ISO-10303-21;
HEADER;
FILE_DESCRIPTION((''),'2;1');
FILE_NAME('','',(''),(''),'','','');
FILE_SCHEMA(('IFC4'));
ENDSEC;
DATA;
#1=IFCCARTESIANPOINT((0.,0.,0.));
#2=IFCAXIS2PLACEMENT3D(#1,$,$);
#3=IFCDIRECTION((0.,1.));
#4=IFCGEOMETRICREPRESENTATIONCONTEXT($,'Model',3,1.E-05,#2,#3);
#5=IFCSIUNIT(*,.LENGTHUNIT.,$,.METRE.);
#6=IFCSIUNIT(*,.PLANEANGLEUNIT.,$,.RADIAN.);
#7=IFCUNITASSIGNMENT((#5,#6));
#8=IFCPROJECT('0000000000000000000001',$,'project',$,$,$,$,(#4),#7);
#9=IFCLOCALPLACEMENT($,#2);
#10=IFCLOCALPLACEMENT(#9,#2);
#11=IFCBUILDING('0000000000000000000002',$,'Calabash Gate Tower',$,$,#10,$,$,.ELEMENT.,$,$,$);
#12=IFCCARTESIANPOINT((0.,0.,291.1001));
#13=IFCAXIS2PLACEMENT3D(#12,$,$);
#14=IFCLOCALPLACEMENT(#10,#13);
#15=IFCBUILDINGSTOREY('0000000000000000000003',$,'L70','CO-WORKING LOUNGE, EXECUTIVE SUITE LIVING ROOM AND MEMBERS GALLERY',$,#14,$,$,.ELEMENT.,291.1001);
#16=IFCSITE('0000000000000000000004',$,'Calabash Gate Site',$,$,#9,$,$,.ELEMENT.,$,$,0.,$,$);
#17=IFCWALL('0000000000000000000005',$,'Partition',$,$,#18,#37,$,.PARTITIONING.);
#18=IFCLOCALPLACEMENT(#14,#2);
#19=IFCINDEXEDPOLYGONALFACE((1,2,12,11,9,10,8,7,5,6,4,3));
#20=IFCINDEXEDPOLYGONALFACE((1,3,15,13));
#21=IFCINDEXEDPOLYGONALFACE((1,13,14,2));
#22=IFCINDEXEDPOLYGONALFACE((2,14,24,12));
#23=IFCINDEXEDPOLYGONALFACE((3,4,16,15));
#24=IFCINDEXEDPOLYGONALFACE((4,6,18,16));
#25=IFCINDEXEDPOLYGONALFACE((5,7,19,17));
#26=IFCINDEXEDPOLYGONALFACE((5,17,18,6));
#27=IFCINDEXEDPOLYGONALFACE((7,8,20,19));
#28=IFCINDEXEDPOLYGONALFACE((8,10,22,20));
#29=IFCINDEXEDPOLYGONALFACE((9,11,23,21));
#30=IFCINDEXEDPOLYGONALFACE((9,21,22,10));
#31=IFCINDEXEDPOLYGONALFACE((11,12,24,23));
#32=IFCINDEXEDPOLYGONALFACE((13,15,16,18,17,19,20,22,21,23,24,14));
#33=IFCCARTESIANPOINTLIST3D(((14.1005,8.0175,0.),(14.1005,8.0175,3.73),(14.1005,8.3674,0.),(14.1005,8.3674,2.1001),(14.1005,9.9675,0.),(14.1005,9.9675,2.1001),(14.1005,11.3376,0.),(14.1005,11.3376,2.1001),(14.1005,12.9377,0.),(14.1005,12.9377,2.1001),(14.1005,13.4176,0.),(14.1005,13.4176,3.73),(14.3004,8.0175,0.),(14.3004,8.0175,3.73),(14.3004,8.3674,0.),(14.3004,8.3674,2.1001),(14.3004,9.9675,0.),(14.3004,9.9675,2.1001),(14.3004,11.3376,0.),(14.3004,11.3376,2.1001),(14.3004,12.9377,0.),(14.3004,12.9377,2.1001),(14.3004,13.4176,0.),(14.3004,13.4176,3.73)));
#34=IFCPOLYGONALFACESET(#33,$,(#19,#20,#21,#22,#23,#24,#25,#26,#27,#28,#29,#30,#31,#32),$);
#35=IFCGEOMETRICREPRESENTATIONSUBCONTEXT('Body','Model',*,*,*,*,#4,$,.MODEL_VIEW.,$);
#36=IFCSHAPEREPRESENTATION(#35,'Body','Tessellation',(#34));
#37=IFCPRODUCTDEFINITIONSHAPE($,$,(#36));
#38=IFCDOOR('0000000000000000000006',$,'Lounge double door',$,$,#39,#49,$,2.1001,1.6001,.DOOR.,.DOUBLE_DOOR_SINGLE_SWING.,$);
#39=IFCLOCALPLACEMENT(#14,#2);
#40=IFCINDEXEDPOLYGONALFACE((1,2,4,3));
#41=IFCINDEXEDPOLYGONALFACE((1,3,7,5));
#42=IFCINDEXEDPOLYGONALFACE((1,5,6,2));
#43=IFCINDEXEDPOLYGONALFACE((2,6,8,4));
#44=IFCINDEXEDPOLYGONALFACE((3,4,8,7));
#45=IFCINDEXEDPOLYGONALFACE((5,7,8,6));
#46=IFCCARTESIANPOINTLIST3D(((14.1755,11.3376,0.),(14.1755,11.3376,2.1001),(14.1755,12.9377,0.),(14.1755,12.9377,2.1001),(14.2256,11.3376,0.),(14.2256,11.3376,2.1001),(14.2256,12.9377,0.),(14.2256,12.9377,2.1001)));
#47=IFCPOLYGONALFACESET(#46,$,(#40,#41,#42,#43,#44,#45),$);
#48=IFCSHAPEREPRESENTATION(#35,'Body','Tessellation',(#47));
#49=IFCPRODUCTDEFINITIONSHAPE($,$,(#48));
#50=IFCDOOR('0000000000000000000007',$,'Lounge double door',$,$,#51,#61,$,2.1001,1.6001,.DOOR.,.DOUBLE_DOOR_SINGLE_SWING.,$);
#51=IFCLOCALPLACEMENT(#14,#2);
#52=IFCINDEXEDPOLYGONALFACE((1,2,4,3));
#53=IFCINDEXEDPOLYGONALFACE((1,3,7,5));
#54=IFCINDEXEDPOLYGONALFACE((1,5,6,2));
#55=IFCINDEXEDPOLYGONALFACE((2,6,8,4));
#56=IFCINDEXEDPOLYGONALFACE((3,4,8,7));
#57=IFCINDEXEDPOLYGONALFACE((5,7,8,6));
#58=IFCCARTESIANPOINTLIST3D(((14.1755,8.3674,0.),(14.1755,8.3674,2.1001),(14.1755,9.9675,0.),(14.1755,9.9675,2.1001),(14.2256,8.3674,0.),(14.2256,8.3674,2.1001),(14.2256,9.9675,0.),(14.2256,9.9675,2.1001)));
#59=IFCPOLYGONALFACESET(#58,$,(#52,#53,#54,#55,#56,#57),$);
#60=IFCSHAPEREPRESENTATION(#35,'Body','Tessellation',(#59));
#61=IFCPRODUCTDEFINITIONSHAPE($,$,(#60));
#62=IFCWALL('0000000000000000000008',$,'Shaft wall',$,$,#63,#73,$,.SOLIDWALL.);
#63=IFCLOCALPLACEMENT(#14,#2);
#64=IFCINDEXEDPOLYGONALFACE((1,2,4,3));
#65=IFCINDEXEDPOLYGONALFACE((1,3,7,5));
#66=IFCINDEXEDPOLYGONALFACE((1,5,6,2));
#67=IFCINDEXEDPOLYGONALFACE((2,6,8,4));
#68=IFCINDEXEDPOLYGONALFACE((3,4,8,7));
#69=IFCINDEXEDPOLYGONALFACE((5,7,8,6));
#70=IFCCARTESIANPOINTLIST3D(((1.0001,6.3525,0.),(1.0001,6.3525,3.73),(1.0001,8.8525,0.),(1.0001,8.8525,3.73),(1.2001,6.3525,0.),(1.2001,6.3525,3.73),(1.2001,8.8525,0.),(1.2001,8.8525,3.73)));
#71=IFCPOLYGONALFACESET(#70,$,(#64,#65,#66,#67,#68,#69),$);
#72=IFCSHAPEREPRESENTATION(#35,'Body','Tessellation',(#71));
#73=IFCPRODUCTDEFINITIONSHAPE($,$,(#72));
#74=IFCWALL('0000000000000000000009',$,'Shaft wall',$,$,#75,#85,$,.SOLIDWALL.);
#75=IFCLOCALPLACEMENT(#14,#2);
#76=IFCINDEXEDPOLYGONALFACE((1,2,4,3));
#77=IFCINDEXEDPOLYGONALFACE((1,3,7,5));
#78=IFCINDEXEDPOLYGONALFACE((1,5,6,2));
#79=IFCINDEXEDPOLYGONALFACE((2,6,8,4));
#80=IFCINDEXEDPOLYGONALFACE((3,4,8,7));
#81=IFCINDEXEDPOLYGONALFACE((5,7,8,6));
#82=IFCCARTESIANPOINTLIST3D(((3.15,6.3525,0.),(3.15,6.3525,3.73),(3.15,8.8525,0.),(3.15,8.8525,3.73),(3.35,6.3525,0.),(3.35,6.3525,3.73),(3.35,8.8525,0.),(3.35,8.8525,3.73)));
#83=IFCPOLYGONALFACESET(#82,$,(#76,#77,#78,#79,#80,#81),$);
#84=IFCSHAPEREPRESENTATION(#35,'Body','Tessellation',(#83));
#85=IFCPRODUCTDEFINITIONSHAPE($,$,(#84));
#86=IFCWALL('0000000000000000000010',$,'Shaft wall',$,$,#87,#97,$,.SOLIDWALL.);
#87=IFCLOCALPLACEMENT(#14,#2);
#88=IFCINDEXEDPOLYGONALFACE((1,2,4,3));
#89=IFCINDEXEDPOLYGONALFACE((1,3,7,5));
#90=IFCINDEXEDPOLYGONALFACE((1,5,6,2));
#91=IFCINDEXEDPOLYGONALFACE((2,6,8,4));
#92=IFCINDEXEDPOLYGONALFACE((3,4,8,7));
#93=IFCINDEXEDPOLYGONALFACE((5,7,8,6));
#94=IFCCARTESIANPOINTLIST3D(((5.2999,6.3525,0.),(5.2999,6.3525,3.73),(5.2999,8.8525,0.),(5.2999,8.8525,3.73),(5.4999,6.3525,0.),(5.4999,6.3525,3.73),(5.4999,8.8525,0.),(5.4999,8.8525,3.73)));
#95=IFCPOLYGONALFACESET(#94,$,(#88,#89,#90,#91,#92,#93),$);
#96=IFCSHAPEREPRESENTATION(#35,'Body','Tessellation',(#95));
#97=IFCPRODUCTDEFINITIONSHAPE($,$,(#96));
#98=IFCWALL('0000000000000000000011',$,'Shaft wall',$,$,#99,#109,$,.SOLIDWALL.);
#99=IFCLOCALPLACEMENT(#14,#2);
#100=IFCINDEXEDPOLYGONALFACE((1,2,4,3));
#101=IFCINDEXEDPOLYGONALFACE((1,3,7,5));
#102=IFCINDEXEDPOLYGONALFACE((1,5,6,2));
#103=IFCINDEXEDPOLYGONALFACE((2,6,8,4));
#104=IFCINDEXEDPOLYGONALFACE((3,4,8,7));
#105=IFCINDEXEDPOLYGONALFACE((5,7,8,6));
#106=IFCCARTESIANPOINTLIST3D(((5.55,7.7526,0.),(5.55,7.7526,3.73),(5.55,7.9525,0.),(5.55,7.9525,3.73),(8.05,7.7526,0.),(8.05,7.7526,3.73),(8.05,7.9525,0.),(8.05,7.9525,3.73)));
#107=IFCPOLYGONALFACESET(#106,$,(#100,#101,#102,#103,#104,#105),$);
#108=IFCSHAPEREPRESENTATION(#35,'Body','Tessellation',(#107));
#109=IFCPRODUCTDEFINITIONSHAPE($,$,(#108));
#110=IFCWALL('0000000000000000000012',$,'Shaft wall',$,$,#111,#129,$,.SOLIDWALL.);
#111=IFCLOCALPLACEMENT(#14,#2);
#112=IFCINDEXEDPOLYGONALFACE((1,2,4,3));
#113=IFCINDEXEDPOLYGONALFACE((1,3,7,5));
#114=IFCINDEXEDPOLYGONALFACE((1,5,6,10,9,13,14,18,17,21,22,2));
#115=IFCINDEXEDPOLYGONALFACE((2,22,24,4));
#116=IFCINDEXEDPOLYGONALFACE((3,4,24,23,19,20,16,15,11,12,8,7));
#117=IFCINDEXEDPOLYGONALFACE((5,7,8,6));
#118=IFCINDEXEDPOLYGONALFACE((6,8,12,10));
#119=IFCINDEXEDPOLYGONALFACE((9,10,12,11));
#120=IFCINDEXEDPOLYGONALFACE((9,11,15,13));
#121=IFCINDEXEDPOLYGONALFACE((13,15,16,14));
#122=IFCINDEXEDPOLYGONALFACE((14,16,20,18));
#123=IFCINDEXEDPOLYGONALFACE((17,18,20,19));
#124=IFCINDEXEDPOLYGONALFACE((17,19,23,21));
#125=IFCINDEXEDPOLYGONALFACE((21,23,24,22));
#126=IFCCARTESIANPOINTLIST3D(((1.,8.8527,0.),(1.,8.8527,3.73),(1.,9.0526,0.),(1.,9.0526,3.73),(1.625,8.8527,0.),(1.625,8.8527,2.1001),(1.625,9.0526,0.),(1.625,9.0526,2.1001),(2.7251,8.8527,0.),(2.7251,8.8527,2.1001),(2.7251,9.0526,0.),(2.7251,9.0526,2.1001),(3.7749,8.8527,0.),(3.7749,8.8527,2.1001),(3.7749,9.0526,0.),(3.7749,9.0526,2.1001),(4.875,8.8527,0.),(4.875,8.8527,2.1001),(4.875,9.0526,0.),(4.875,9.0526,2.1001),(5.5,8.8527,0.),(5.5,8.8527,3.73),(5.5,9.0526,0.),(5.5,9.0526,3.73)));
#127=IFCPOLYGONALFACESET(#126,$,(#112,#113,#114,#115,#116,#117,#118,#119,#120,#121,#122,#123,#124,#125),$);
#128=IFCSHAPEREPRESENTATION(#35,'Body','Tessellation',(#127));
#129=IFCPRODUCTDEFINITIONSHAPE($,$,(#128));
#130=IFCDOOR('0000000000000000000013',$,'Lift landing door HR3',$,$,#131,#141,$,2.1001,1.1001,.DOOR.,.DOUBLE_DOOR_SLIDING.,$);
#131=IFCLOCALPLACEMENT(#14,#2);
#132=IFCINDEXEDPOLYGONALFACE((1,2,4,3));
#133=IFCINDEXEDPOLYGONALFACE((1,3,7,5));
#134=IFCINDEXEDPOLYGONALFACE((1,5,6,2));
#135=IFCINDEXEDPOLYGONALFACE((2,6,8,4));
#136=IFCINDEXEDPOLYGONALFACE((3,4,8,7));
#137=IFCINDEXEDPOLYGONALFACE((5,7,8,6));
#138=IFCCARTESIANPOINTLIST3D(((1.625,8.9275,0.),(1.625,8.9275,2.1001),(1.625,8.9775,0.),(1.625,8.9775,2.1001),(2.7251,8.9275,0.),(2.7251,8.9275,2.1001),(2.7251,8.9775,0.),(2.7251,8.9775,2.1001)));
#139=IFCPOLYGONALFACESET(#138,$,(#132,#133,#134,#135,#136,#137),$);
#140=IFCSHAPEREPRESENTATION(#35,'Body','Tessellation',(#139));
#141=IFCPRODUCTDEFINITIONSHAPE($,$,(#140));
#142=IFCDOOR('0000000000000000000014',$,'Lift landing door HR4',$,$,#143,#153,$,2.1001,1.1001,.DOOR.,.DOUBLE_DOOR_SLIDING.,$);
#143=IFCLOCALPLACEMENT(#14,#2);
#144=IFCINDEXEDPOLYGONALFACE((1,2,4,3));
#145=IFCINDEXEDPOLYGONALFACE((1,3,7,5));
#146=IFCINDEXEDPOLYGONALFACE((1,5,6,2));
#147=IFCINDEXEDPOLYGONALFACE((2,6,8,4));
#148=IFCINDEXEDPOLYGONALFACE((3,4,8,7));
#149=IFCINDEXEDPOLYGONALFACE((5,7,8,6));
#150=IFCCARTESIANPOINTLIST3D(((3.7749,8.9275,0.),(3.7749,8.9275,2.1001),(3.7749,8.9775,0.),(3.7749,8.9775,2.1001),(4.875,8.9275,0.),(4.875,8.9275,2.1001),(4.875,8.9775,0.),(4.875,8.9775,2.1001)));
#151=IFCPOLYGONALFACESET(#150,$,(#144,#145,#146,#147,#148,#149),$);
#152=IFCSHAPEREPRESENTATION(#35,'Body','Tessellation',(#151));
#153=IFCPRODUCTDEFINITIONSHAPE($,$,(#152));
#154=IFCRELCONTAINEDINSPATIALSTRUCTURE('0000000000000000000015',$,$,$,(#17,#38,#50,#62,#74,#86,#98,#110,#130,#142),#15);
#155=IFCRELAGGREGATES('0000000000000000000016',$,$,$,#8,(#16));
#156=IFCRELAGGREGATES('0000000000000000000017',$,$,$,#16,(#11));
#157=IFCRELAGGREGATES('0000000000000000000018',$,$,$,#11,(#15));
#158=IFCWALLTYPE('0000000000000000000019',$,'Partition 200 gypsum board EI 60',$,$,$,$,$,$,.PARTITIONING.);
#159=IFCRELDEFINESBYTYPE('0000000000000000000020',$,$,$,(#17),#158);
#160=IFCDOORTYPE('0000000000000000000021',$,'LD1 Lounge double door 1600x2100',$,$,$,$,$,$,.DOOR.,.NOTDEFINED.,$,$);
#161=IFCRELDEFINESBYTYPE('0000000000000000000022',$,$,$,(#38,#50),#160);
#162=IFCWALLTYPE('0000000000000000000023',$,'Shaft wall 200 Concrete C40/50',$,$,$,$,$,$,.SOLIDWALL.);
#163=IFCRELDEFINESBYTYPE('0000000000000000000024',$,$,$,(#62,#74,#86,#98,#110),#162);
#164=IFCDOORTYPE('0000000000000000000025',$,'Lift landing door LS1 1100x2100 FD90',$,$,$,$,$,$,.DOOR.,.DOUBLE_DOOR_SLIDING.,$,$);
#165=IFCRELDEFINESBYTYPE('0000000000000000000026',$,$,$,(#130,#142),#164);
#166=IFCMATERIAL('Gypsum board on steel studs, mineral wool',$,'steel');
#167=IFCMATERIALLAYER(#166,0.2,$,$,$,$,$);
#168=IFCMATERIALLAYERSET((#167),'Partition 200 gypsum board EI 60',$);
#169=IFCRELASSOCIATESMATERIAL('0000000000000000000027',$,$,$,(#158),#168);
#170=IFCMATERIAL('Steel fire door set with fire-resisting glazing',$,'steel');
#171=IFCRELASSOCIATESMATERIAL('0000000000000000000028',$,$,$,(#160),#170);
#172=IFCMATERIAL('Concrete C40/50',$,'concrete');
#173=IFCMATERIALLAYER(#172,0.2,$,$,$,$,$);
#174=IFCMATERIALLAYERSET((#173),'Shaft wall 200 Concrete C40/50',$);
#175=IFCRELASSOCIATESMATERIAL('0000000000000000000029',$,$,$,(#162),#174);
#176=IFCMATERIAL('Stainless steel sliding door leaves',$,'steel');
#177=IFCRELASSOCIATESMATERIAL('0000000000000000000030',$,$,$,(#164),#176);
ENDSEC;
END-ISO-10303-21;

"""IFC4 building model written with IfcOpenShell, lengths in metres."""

from ifc_helpers import new_model, si_unit, direction, frame, frame_2d, origin, place, context, subcontext, project, spatial, rectangle, extrude, material, layer, layer_set, type_object, element, fill, save


model = new_model("IFC4")

# Units and contexts
model_context = context("Model", 3, precision=1e-05, world=origin(), true_north=direction((0.0, 1.0)))
body_context = subcontext(model_context, "Body", "Model", "MODEL_VIEW")
ifc_project = project(units=[si_unit("LENGTHUNIT", "METRE"), si_unit("PLANEANGLEUNIT", "RADIAN")], contexts=[model_context])

# Site, building, storey
site_placement = place(None, origin())
site = spatial("IfcSite", under=ifc_project, at=site_placement, Name="Calabash Gate Site", CompositionType="ELEMENT", RefElevation=0.0)
building_placement = place(site_placement, origin())
building = spatial("IfcBuilding", under=site, at=building_placement, Name="Calabash Gate Tower", CompositionType="ELEMENT")
storey_placement = place(building_placement, frame((0.0, 0.0, 291.1001)))
storey = spatial("IfcBuildingStorey", under=building, at=storey_placement, Name="L70", Description="CO-WORKING LOUNGE, EXECUTIVE SUITE LIVING ROOM AND MEMBERS GALLERY", CompositionType="ELEMENT", Elevation=291.1001)

# Shared definitions
ifc_material_1 = material(Name="Gypsum board on steel studs, mineral wool", Category="steel")
ifc_layer_1 = layer(ifc_material_1, 0.2)
ifc_layer_set_1 = layer_set([ifc_layer_1], Name="Partition 200 gypsum board EI 60")
wall_type_1 = type_object("IfcWallType", Name="Partition 200 gypsum board EI 60", PredefinedType="PARTITIONING", material=ifc_layer_set_1)

# Wall, openings, doors
wall_1_placement = place(storey_placement, frame((14.2004, 8.0173, 0.0), z_axis=(0.0, 0.0, 1.0), x_axis=(0.0, 1.0, 0.0)))
wall_1 = element("IfcWall", 1, at=wall_1_placement, inside=storey, type_object=wall_type_1, Name="Partition", PredefinedType="PARTITIONING", context=body_context, shape_type="SweptSolid", body=[
    extrude(rectangle(XDim=5.4001, YDim=0.2, at=frame_2d((2.7002, 0.0))), origin(), (0.0, 0.0, 1.0), 3.73),
])
opening_1_placement = place(wall_1_placement, frame((3.3203, 0.0, 0.0)))
opening_1 = element("IfcOpeningElement", 2, at=opening_1_placement, cuts=wall_1, PredefinedType="OPENING", context=body_context, shape_type="SweptSolid", body=[
    extrude(rectangle(XDim=1.6001, YDim=2.1001, at=frame_2d((0.8, 1.05))), frame((0.0, 0.1099, 0.0), z_axis=(0.0, -1.0, 0.0), x_axis=(1.0, 0.0, 0.0)), (0.0, 0.0, 1.0), 0.22),
])
opening_2_placement = place(wall_1_placement, frame((0.3501, 0.0, 0.0)))
opening_2 = element("IfcOpeningElement", 3, at=opening_2_placement, cuts=wall_1, PredefinedType="OPENING", context=body_context, shape_type="SweptSolid", body=[
    extrude(rectangle(XDim=1.6001, YDim=2.1001, at=frame_2d((0.8, 1.05))), frame((0.0, 0.1099, 0.0), z_axis=(0.0, -1.0, 0.0), x_axis=(1.0, 0.0, 0.0)), (0.0, 0.0, 1.0), 0.22),
])
ifc_material_2 = material(Name="Steel fire door set with fire-resisting glazing", Category="steel")
door_type_1 = type_object("IfcDoorType", Name="LD1 Lounge double door 1600x2100", OperationType="NOTDEFINED", PredefinedType="DOOR", material=ifc_material_2)
door_1_placement = place(opening_1_placement, origin())
door_1 = element("IfcDoor", 4, at=door_1_placement, inside=storey, type_object=door_type_1, Name="Lounge double door", OperationType="DOUBLE_DOOR_SINGLE_SWING", OverallHeight=2.1001, OverallWidth=1.6001, PredefinedType="DOOR", context=body_context, shape_type="SweptSolid", body=[
    extrude(rectangle(XDim=1.6001, YDim=2.1001, at=frame_2d((0.8, 1.05))), frame((0.0, 0.0249, 0.0), z_axis=(0.0, -1.0, 0.0), x_axis=(1.0, 0.0, 0.0)), (0.0, 0.0, 1.0), 0.05),
])
fill(opening_1, door_1)
door_2_placement = place(opening_2_placement, origin())
door_2 = element("IfcDoor", 5, at=door_2_placement, inside=storey, type_object=door_type_1, Name="Lounge double door", OperationType="DOUBLE_DOOR_SINGLE_SWING", OverallHeight=2.1001, OverallWidth=1.6001, PredefinedType="DOOR", context=body_context, shape_type="SweptSolid", body=[
    extrude(rectangle(XDim=1.6001, YDim=2.1001, at=frame_2d((0.8, 1.05))), frame((0.0, 0.0249, 0.0), z_axis=(0.0, -1.0, 0.0), x_axis=(1.0, 0.0, 0.0)), (0.0, 0.0, 1.0), 0.05),
])
fill(opening_2, door_2)

# Walls
ifc_material_3 = material(Name="Concrete C40/50", Category="concrete")
ifc_layer_2 = layer(ifc_material_3, 0.2)
ifc_layer_set_2 = layer_set([ifc_layer_2], Name="Shaft wall 200 Concrete C40/50")
wall_type_2 = type_object("IfcWallType", Name="Shaft wall 200 Concrete C40/50", PredefinedType="SOLIDWALL", material=ifc_layer_set_2)
for number, where, z_axis, x_axis, name in (
    (6, (1.1001, 6.3525, 0.0), (0.0, 0.0, 1.0), (0.0, 1.0, 0.0), "Shaft wall"),
    (7, (3.25, 6.3525, 0.0), (0.0, 0.0, 1.0), (0.0, 1.0, 0.0), "Shaft wall"),
    (8, (5.3999, 6.3525, 0.0), (0.0, 0.0, 1.0), (0.0, 1.0, 0.0), "Shaft wall"),
    (9, (5.55, 7.8525, 0.0), (0.0, 0.0, 1.0), (1.0, 0.0, 0.0), "Shaft wall"),
):
    element("IfcWall", number, at=place(storey_placement, frame(where, z_axis=z_axis, x_axis=x_axis)), inside=storey, type_object=wall_type_2, Name=name, PredefinedType="SOLIDWALL", context=body_context, shape_type="SweptSolid", body=[
        extrude(rectangle(XDim=2.5, YDim=0.2, at=frame_2d((1.25, 0.0))), origin(), (0.0, 0.0, 1.0), 3.73),
    ])

# Wall, openings, doors
wall_2_placement = place(storey_placement, frame((1.0, 8.9526, 0.0), z_axis=(0.0, 0.0, 1.0), x_axis=(1.0, 0.0, 0.0)))
wall_2 = element("IfcWall", 10, at=wall_2_placement, inside=storey, type_object=wall_type_2, Name="Shaft wall", PredefinedType="SOLIDWALL", context=body_context, shape_type="SweptSolid", body=[
    extrude(rectangle(XDim=4.5, YDim=0.2, at=frame_2d((2.25, 0.0))), origin(), (0.0, 0.0, 1.0), 3.73),
])
opening_3_placement = place(wall_2_placement, frame((0.625, 0.0, 0.0)))
opening_3 = element("IfcOpeningElement", 11, at=opening_3_placement, cuts=wall_2, PredefinedType="OPENING", context=body_context, shape_type="SweptSolid", body=[
    extrude(rectangle(XDim=1.1001, YDim=2.1001, at=frame_2d((0.55, 1.05))), frame((0.0, 0.1099, 0.0), z_axis=(0.0, -1.0, 0.0), x_axis=(1.0, 0.0, 0.0)), (0.0, 0.0, 1.0), 0.22),
])
opening_4_placement = place(wall_2_placement, frame((2.7749, 0.0, 0.0)))
opening_4 = element("IfcOpeningElement", 12, at=opening_4_placement, cuts=wall_2, PredefinedType="OPENING", context=body_context, shape_type="SweptSolid", body=[
    extrude(rectangle(XDim=1.1001, YDim=2.1001, at=frame_2d((0.55, 1.05))), frame((0.0, 0.1099, 0.0), z_axis=(0.0, -1.0, 0.0), x_axis=(1.0, 0.0, 0.0)), (0.0, 0.0, 1.0), 0.22),
])
ifc_material_4 = material(Name="Stainless steel sliding door leaves", Category="steel")
door_type_2 = type_object("IfcDoorType", Name="Lift landing door LS1 1100x2100 FD90", OperationType="DOUBLE_DOOR_SLIDING", PredefinedType="DOOR", material=ifc_material_4)
door_3_placement = place(opening_3_placement, origin())
door_3 = element("IfcDoor", 13, at=door_3_placement, inside=storey, type_object=door_type_2, Name="Lift landing door HR3", OperationType="DOUBLE_DOOR_SLIDING", OverallHeight=2.1001, OverallWidth=1.1001, PredefinedType="DOOR", context=body_context, shape_type="SweptSolid", body=[
    extrude(rectangle(XDim=1.1001, YDim=2.1001, at=frame_2d((0.55, 1.05))), frame((0.0, 0.0249, 0.0), z_axis=(0.0, -1.0, 0.0), x_axis=(1.0, 0.0, 0.0)), (0.0, 0.0, 1.0), 0.05),
])
fill(opening_3, door_3)
door_4_placement = place(opening_4_placement, origin())
door_4 = element("IfcDoor", 14, at=door_4_placement, inside=storey, type_object=door_type_2, Name="Lift landing door HR4", OperationType="DOUBLE_DOOR_SLIDING", OverallHeight=2.1001, OverallWidth=1.1001, PredefinedType="DOOR", context=body_context, shape_type="SweptSolid", body=[
    extrude(rectangle(XDim=1.1001, YDim=2.1001, at=frame_2d((0.55, 1.05))), frame((0.0, 0.0249, 0.0), z_axis=(0.0, -1.0, 0.0), x_axis=(1.0, 0.0, 0.0)), (0.0, 0.0, 1.0), 0.05),
])
fill(opening_4, door_4)

save(model, "model.ifc")
